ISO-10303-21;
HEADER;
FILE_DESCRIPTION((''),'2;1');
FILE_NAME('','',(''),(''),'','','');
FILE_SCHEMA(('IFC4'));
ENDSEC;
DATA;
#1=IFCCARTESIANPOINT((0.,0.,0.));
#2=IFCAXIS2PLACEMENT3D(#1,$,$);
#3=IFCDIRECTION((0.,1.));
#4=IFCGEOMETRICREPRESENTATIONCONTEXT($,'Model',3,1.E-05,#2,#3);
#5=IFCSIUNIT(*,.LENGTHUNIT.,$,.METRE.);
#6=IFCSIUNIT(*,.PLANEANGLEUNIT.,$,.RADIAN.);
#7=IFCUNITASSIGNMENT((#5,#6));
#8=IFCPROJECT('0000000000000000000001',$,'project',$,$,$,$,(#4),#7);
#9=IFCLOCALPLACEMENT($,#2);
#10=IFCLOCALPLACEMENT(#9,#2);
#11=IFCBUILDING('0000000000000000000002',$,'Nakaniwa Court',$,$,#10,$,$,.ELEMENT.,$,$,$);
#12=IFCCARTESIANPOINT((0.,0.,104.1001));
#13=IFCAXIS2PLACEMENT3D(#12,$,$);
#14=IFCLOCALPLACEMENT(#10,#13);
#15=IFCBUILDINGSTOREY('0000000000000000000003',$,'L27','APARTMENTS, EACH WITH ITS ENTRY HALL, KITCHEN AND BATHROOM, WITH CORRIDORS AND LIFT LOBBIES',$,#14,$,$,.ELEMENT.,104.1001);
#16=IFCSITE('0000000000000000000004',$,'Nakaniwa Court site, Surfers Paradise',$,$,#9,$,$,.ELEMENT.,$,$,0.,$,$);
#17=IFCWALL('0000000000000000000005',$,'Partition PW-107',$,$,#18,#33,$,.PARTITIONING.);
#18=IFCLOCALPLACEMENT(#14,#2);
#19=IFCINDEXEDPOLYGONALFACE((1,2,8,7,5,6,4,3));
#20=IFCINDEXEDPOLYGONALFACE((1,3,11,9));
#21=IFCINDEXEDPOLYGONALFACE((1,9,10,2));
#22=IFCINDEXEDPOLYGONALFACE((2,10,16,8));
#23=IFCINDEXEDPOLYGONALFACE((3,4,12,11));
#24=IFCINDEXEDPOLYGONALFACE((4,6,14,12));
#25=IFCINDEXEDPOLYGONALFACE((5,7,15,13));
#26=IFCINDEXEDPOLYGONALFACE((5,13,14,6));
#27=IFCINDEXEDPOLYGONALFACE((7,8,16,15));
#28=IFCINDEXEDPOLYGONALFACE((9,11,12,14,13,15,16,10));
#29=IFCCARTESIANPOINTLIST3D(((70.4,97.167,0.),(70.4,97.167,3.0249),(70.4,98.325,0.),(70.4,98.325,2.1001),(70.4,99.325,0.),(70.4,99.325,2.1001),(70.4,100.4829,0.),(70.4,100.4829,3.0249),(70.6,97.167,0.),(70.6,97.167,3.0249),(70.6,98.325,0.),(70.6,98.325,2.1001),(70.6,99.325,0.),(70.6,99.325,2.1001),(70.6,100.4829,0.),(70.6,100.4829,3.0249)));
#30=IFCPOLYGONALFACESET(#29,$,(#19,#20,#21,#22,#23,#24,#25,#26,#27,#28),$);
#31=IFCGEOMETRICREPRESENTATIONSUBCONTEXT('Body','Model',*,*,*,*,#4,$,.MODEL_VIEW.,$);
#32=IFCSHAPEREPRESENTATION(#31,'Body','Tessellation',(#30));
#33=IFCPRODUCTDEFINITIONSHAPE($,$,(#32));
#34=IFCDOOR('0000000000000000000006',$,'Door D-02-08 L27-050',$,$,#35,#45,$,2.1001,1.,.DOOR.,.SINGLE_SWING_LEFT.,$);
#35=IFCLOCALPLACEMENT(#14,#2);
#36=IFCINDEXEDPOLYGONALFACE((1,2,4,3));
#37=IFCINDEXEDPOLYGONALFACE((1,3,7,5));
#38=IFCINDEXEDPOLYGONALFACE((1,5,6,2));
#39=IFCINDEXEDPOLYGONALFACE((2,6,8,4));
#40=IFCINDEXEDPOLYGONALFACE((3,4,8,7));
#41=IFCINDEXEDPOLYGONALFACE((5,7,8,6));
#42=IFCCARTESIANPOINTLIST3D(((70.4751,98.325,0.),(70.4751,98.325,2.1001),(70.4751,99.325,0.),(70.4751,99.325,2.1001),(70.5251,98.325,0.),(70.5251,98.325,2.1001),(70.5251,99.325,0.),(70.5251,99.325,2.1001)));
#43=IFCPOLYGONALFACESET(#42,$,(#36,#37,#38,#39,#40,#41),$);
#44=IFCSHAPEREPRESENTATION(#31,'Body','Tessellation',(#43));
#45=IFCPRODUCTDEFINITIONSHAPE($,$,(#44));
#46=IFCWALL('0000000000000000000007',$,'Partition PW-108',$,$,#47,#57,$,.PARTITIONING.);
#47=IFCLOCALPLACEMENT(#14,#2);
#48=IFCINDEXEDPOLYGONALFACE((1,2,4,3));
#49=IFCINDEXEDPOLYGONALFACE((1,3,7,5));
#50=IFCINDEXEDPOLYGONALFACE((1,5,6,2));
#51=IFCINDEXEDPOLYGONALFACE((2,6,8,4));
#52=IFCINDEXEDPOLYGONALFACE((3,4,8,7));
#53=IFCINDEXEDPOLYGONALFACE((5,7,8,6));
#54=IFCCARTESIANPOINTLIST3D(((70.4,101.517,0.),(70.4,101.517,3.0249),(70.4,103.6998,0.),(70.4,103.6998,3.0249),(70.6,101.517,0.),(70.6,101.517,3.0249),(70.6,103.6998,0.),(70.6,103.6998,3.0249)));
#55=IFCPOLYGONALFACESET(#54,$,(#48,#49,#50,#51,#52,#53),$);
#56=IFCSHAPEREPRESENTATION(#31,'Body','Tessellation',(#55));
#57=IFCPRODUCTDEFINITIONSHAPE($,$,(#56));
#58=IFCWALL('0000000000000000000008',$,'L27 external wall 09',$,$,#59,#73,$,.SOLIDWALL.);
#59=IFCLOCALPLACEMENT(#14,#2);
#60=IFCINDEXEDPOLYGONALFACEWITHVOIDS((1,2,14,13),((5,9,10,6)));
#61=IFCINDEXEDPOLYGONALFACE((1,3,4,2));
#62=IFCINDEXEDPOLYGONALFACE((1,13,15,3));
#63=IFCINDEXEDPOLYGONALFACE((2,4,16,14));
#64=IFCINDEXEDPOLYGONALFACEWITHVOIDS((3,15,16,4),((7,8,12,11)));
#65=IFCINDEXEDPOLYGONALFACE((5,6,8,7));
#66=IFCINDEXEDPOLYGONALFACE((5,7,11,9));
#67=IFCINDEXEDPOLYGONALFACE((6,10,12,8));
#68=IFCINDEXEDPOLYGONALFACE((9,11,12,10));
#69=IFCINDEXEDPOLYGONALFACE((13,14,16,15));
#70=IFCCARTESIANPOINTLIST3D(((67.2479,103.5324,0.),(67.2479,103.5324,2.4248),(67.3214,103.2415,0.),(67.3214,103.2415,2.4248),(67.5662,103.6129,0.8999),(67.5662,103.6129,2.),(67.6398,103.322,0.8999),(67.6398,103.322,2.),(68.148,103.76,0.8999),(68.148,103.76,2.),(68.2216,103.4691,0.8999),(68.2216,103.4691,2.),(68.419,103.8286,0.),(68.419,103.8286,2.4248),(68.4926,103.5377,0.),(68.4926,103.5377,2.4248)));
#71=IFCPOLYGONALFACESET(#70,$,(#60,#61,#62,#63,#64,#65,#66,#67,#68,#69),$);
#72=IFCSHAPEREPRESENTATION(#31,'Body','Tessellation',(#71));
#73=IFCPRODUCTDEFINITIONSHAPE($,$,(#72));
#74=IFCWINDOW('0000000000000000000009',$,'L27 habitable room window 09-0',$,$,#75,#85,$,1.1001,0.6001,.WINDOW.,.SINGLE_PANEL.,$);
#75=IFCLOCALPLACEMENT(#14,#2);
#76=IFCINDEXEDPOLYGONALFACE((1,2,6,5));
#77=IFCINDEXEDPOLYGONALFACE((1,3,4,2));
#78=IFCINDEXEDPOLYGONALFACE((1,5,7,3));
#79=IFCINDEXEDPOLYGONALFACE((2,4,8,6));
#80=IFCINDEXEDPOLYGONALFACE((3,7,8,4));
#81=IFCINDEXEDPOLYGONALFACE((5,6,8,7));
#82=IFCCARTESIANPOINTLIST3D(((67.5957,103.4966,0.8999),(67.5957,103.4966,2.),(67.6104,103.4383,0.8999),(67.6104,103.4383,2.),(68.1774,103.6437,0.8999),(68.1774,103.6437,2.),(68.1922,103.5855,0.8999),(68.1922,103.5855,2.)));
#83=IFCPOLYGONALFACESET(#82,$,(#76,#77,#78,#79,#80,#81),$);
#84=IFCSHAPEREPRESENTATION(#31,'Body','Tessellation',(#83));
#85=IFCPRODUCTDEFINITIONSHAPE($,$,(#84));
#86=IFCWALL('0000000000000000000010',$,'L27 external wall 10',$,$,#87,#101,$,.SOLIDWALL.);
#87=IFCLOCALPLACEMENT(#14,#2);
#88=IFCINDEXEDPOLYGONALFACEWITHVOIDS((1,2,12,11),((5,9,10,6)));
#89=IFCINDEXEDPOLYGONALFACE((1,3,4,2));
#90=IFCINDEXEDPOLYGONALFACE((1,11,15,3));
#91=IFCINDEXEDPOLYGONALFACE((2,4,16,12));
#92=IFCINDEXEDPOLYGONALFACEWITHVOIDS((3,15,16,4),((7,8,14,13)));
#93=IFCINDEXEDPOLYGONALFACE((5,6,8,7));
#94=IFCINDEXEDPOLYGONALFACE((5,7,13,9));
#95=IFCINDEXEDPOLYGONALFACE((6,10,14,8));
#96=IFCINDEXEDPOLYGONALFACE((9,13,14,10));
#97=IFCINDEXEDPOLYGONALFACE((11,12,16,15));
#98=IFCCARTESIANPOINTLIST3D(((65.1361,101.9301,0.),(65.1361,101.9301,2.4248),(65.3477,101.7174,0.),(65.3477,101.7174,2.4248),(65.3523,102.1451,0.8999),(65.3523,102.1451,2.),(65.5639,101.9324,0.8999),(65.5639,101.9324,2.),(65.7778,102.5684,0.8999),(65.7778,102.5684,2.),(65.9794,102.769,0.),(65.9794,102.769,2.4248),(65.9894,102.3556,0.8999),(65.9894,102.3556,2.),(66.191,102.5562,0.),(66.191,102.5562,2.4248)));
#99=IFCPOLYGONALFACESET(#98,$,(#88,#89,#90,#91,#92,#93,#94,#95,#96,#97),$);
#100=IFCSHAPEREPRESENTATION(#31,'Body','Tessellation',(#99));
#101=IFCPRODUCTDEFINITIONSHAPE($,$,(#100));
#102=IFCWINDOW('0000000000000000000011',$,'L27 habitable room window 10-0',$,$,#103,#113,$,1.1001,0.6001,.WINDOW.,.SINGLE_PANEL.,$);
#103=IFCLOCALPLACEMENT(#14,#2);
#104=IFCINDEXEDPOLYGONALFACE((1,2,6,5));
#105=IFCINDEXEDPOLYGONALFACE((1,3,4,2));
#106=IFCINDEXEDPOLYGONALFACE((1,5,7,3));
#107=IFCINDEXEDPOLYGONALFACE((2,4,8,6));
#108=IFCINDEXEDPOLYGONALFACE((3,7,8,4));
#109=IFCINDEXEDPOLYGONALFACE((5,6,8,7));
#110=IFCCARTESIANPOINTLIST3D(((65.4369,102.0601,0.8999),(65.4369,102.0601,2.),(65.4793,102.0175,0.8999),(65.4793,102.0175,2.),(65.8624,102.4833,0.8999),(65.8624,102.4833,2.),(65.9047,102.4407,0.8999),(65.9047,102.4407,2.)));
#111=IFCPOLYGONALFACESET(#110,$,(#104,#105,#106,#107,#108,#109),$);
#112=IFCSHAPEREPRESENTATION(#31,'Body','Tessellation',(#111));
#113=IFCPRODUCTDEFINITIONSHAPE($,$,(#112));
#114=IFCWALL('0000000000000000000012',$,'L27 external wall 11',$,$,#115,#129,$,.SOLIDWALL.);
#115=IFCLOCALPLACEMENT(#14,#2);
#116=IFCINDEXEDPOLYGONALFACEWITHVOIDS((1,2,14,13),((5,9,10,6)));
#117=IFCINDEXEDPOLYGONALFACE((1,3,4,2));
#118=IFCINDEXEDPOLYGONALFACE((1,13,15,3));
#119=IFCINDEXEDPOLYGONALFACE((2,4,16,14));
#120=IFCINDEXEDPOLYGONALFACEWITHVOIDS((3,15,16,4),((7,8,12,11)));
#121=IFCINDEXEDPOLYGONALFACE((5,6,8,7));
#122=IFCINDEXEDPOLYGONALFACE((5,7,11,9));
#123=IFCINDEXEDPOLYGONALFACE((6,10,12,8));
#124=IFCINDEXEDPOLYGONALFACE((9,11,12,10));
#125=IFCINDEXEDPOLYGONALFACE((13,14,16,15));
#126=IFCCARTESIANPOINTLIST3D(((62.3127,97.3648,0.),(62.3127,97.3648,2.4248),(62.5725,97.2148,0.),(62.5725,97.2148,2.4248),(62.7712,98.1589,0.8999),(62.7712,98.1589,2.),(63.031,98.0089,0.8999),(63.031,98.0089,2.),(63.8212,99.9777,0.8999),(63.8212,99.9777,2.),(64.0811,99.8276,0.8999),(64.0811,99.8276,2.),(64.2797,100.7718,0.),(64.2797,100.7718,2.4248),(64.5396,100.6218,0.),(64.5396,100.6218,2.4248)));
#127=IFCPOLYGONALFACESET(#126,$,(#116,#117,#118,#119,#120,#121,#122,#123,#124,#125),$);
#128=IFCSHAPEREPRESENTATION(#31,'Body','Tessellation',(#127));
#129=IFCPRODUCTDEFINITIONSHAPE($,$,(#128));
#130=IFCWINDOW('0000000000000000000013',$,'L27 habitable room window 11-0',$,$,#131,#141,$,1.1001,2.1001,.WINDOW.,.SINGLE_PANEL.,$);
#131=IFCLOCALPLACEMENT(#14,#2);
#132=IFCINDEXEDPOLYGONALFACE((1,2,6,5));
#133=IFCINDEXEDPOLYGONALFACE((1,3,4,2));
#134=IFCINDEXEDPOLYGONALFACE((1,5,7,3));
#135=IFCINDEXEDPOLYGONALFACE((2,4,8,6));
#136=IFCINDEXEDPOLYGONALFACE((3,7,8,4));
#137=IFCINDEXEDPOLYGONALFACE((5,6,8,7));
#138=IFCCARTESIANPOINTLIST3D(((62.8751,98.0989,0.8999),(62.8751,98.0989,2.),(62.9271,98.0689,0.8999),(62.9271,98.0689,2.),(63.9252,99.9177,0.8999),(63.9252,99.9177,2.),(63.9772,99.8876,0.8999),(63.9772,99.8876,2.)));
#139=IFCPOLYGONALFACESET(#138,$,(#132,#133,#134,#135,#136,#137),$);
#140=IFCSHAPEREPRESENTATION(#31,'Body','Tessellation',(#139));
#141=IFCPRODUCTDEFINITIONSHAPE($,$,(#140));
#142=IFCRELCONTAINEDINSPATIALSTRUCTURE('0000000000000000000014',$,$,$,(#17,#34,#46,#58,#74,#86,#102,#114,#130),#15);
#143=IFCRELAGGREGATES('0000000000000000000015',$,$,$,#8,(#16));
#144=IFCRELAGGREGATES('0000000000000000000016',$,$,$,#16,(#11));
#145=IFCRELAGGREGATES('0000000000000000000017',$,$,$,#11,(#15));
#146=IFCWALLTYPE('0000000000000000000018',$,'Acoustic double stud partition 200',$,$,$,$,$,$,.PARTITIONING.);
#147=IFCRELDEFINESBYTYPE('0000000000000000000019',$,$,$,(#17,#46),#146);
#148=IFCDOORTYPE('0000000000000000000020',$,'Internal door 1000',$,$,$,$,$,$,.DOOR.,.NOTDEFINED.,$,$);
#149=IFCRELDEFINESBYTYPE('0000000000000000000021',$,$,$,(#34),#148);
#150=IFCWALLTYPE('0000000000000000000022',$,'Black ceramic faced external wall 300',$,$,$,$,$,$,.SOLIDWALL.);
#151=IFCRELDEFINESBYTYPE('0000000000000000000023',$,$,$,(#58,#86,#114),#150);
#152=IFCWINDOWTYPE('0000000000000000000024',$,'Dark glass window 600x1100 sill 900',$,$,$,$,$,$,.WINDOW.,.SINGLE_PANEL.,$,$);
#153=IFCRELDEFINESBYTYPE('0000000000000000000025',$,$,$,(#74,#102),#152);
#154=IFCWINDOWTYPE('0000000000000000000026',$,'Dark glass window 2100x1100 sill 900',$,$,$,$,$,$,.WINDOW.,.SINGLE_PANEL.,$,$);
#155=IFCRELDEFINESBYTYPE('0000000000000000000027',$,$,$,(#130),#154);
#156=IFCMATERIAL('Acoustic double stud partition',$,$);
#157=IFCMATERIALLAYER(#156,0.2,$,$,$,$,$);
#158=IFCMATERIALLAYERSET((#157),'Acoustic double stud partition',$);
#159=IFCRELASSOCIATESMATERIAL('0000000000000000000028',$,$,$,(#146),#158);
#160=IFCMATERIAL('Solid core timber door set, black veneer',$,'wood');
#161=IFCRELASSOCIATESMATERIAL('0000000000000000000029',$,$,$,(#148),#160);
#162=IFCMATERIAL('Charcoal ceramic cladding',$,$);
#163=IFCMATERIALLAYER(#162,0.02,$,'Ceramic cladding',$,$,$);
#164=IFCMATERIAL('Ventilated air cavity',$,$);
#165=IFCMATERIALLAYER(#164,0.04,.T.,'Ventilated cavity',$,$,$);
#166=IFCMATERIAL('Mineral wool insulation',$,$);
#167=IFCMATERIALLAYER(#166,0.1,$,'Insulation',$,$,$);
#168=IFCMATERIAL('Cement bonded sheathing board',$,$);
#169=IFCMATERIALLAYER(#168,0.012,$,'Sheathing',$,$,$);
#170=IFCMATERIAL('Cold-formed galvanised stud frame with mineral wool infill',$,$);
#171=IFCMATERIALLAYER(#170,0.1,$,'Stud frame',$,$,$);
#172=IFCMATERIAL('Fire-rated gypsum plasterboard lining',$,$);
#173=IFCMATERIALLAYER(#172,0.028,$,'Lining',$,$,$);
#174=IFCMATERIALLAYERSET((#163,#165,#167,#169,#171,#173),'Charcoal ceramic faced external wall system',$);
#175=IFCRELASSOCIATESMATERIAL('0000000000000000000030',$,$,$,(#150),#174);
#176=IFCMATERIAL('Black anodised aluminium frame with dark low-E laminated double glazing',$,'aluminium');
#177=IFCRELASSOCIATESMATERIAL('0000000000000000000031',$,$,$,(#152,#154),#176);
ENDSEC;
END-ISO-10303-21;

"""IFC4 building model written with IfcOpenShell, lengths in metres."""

from ifc_helpers import new_model, si_unit, direction, frame, frame_2d, origin, place, context, subcontext, project, spatial, rectangle, extrude, material, layer, layer_set, type_object, element, fill, save


model = new_model("IFC4")

# Units and contexts
model_context = context("Model", 3, precision=1e-05, world=origin(), true_north=direction((0.0, 1.0)))
body_context = subcontext(model_context, "Body", "Model", "MODEL_VIEW")
ifc_project = project(units=[si_unit("LENGTHUNIT", "METRE"), si_unit("PLANEANGLEUNIT", "RADIAN")], contexts=[model_context])

# Site, building, storey
site_placement = place(None, origin())
site = spatial("IfcSite", under=ifc_project, at=site_placement, Name="Nakaniwa Court site, Surfers Paradise", CompositionType="ELEMENT", RefElevation=0.0)
building_placement = place(site_placement, origin())
building = spatial("IfcBuilding", under=site, at=building_placement, Name="Nakaniwa Court", CompositionType="ELEMENT")
storey_placement = place(building_placement, frame((0.0, 0.0, 104.1001)))
storey = spatial("IfcBuildingStorey", under=building, at=storey_placement, Name="L27", Description="APARTMENTS, EACH WITH ITS ENTRY HALL, KITCHEN AND BATHROOM, WITH CORRIDORS AND LIFT LOBBIES", CompositionType="ELEMENT", Elevation=104.1001)

# Shared definitions
ifc_material_1 = material(Name="Acoustic double stud partition")
ifc_layer_1 = layer(ifc_material_1, 0.2)
ifc_layer_set_1 = layer_set([ifc_layer_1], Name="Acoustic double stud partition")
wall_type_1 = type_object("IfcWallType", Name="Acoustic double stud partition 200", PredefinedType="PARTITIONING", material=ifc_layer_set_1)

# Wall, opening, door
wall_1_placement = place(storey_placement, frame((70.5, 97.167, 0.0), z_axis=(0.0, 0.0, 1.0), x_axis=(0.0, 1.0, 0.0)))
wall_1 = element("IfcWall", 1, at=wall_1_placement, inside=storey, type_object=wall_type_1, Name="Partition PW-107", PredefinedType="PARTITIONING", context=body_context, shape_type="SweptSolid", body=[
    extrude(rectangle(XDim=3.3159, YDim=0.2, at=frame_2d((1.658, 0.0))), origin(), (0.0, 0.0, 1.0), 3.0249),
])
opening_1_placement = place(wall_1_placement, frame((1.158, 0.0, 0.0)))
opening_1 = element("IfcOpeningElement", 2, at=opening_1_placement, cuts=wall_1, PredefinedType="OPENING", context=body_context, shape_type="SweptSolid", body=[
    extrude(rectangle(XDim=1.0, YDim=2.1001, at=frame_2d((0.5, 1.05))), frame((0.0, 0.1099, 0.0), z_axis=(0.0, -1.0, 0.0), x_axis=(1.0, 0.0, 0.0)), (0.0, 0.0, 1.0), 0.22),
])
ifc_material_2 = material(Name="Solid core timber door set, black veneer", Category="wood")
door_type_1 = type_object("IfcDoorType", Name="Internal door 1000", OperationType="NOTDEFINED", PredefinedType="DOOR", material=ifc_material_2)
door_1_placement = place(opening_1_placement, origin())
door_1 = element("IfcDoor", 3, at=door_1_placement, inside=storey, type_object=door_type_1, Name="Door D-02-08 L27-050", OperationType="SINGLE_SWING_LEFT", OverallHeight=2.1001, OverallWidth=1.0, PredefinedType="DOOR", context=body_context, shape_type="SweptSolid", body=[
    extrude(rectangle(XDim=1.0, YDim=2.1001, at=frame_2d((0.5, 1.05))), frame((0.0, 0.0249, 0.0), z_axis=(0.0, -1.0, 0.0), x_axis=(1.0, 0.0, 0.0)), (0.0, 0.0, 1.0), 0.05),
])
fill(opening_1, door_1)

# Wall
wall_2_placement = place(storey_placement, frame((70.5, 101.5171, 0.0), z_axis=(0.0, 0.0, 1.0), x_axis=(0.0, 1.0, 0.0)))
element("IfcWall", 4, at=wall_2_placement, inside=storey, type_object=wall_type_1, Name="Partition PW-108", PredefinedType="PARTITIONING", context=body_context, shape_type="SweptSolid", body=[
    extrude(rectangle(XDim=2.1829, YDim=0.2, at=frame_2d((1.0913, 0.0))), origin(), (0.0, 0.0, 1.0), 3.0249),
])

# Walls, openings, windows
ifc_material_3 = material(Name="Charcoal ceramic cladding")
ifc_layer_2 = layer(ifc_material_3, 0.02, Name="Ceramic cladding")
ifc_material_4 = material(Name="Ventilated air cavity")
ifc_layer_3 = layer(ifc_material_4, 0.04, ventilated=True, Name="Ventilated cavity")
ifc_material_5 = material(Name="Mineral wool insulation")
ifc_layer_4 = layer(ifc_material_5, 0.1, Name="Insulation")
ifc_material_6 = material(Name="Cement bonded sheathing board")
ifc_layer_5 = layer(ifc_material_6, 0.012, Name="Sheathing")
ifc_material_7 = material(Name="Cold-formed galvanised stud frame with mineral wool infill")
ifc_layer_6 = layer(ifc_material_7, 0.1, Name="Stud frame")
ifc_material_8 = material(Name="Fire-rated gypsum plasterboard lining")
ifc_layer_7 = layer(ifc_material_8, 0.028, Name="Lining")
ifc_layer_set_2 = layer_set([ifc_layer_2, ifc_layer_3, ifc_layer_4, ifc_layer_5, ifc_layer_6, ifc_layer_7], Name="Charcoal ceramic faced external wall system")
wall_type_2 = type_object("IfcWallType", Name="Black ceramic faced external wall 300", PredefinedType="SOLIDWALL", material=ifc_layer_set_2)
wall_3_placement = place(storey_placement, frame((68.4558, 103.6831, 0.0), z_axis=(0.0, 0.0, 1.0), x_axis=(-0.969485, -0.24515, 0.0)))
wall_3 = element("IfcWall", 5, at=wall_3_placement, inside=storey, type_object=wall_type_2, Name="L27 external wall 09", PredefinedType="SOLIDWALL", context=body_context, shape_type="SweptSolid", body=[
    extrude(rectangle(XDim=1.208, YDim=0.3, at=frame_2d((0.604, 0.0))), origin(), (0.0, 0.0, 1.0), 2.4248),
])
opening_2_placement = place(wall_3_placement, frame((0.2795, 0.0, 0.8999)))
opening_2 = element("IfcOpeningElement", 6, at=opening_2_placement, cuts=wall_3, PredefinedType="OPENING", context=body_context, shape_type="SweptSolid", body=[
    extrude(rectangle(XDim=0.6001, YDim=1.1001, at=frame_2d((0.3, 0.55))), frame((0.0, 0.1599, 0.0), z_axis=(0.0, -1.0, 0.0), x_axis=(1.0, 0.0, 0.0)), (0.0, 0.0, 1.0), 0.3201),
])
ifc_material_9 = material(Name="Black anodised aluminium frame with dark low-E laminated double glazing", Category="aluminium")
window_type_1 = type_object("IfcWindowType", Name="Dark glass window 600x1100 sill 900", PartitioningType="SINGLE_PANEL", PredefinedType="WINDOW", material=ifc_material_9)
window_1_placement = place(opening_2_placement, origin())
window_1 = element("IfcWindow", 7, at=window_1_placement, inside=storey, type_object=window_type_1, Name="L27 habitable room window 09-0", OverallHeight=1.1001, OverallWidth=0.6001, PartitioningType="SINGLE_PANEL", PredefinedType="WINDOW", context=body_context, shape_type="SweptSolid", body=[
    extrude(rectangle(XDim=0.6001, YDim=1.1001, at=frame_2d((0.3, 0.55))), frame((0.0, 0.03, 0.0), z_axis=(0.0, -1.0, 0.0), x_axis=(1.0, 0.0, 0.0)), (0.0, 0.0, 1.0), 0.0601),
])
fill(opening_2, window_1)
wall_4_placement = place(storey_placement, frame((66.0852, 102.6626, 0.0), z_axis=(0.0, 0.0, 1.0), x_axis=(-0.708952, -0.705257, 0.0)))
wall_4 = element("IfcWall", 8, at=wall_4_placement, inside=storey, type_object=wall_type_2, Name="L27 external wall 10", PredefinedType="SOLIDWALL", context=body_context, shape_type="SweptSolid", body=[
    extrude(rectangle(XDim=1.1895, YDim=0.3, at=frame_2d((0.5947, 0.0))), origin(), (0.0, 0.0, 1.0), 2.4248),
])
opening_3_placement = place(wall_4_placement, frame((0.2844, 0.0, 0.8999)))
opening_3 = element("IfcOpeningElement", 9, at=opening_3_placement, cuts=wall_4, PredefinedType="OPENING", context=body_context, shape_type="SweptSolid", body=[
    extrude(rectangle(XDim=0.6001, YDim=1.1001, at=frame_2d((0.3, 0.55))), frame((0.0, 0.1599, 0.0), z_axis=(0.0, -1.0, 0.0), x_axis=(1.0, 0.0, 0.0)), (0.0, 0.0, 1.0), 0.3201),
])
window_2_placement = place(opening_3_placement, origin())
window_2 = element("IfcWindow", 10, at=window_2_placement, inside=storey, type_object=window_type_1, Name="L27 habitable room window 10-0", OverallHeight=1.1001, OverallWidth=0.6001, PartitioningType="SINGLE_PANEL", PredefinedType="WINDOW", context=body_context, shape_type="SweptSolid", body=[
    extrude(rectangle(XDim=0.6001, YDim=1.1001, at=frame_2d((0.3, 0.55))), frame((0.0, 0.03, 0.0), z_axis=(0.0, -1.0, 0.0), x_axis=(1.0, 0.0, 0.0)), (0.0, 0.0, 1.0), 0.0601),
])
fill(opening_3, window_2)
wall_5_placement = place(storey_placement, frame((64.4097, 100.6968, 0.0), z_axis=(0.0, 0.0, 1.0), x_axis=(-0.500004, -0.866023, 0.0)))
wall_5 = element("IfcWall", 11, at=wall_5_placement, inside=storey, type_object=wall_type_2, Name="L27 external wall 11", PredefinedType="SOLIDWALL", context=body_context, shape_type="SweptSolid", body=[
    extrude(rectangle(XDim=3.9341, YDim=0.3, at=frame_2d((1.967, 0.0))), origin(), (0.0, 0.0, 1.0), 2.4248),
])
opening_4_placement = place(wall_5_placement, frame((0.917, 0.0, 0.8999)))
opening_4 = element("IfcOpeningElement", 12, at=opening_4_placement, cuts=wall_5, PredefinedType="OPENING", context=body_context, shape_type="SweptSolid", body=[
    extrude(rectangle(XDim=2.1001, YDim=1.1001, at=frame_2d((1.05, 0.55))), frame((0.0, 0.1599, 0.0), z_axis=(0.0, -1.0, 0.0), x_axis=(1.0, 0.0, 0.0)), (0.0, 0.0, 1.0), 0.3201),
])
window_type_2 = type_object("IfcWindowType", Name="Dark glass window 2100x1100 sill 900", PartitioningType="SINGLE_PANEL", PredefinedType="WINDOW", material=ifc_material_9)
window_3_placement = place(opening_4_placement, origin())
window_3 = element("IfcWindow", 13, at=window_3_placement, inside=storey, type_object=window_type_2, Name="L27 habitable room window 11-0", OverallHeight=1.1001, OverallWidth=2.1001, PartitioningType="SINGLE_PANEL", PredefinedType="WINDOW", context=body_context, shape_type="SweptSolid", body=[
    extrude(rectangle(XDim=2.1001, YDim=1.1001, at=frame_2d((1.05, 0.55))), frame((0.0, 0.03, 0.0), z_axis=(0.0, -1.0, 0.0), x_axis=(1.0, 0.0, 0.0)), (0.0, 0.0, 1.0), 0.0601),
])
fill(opening_4, window_3)

save(model, "model.ifc")
